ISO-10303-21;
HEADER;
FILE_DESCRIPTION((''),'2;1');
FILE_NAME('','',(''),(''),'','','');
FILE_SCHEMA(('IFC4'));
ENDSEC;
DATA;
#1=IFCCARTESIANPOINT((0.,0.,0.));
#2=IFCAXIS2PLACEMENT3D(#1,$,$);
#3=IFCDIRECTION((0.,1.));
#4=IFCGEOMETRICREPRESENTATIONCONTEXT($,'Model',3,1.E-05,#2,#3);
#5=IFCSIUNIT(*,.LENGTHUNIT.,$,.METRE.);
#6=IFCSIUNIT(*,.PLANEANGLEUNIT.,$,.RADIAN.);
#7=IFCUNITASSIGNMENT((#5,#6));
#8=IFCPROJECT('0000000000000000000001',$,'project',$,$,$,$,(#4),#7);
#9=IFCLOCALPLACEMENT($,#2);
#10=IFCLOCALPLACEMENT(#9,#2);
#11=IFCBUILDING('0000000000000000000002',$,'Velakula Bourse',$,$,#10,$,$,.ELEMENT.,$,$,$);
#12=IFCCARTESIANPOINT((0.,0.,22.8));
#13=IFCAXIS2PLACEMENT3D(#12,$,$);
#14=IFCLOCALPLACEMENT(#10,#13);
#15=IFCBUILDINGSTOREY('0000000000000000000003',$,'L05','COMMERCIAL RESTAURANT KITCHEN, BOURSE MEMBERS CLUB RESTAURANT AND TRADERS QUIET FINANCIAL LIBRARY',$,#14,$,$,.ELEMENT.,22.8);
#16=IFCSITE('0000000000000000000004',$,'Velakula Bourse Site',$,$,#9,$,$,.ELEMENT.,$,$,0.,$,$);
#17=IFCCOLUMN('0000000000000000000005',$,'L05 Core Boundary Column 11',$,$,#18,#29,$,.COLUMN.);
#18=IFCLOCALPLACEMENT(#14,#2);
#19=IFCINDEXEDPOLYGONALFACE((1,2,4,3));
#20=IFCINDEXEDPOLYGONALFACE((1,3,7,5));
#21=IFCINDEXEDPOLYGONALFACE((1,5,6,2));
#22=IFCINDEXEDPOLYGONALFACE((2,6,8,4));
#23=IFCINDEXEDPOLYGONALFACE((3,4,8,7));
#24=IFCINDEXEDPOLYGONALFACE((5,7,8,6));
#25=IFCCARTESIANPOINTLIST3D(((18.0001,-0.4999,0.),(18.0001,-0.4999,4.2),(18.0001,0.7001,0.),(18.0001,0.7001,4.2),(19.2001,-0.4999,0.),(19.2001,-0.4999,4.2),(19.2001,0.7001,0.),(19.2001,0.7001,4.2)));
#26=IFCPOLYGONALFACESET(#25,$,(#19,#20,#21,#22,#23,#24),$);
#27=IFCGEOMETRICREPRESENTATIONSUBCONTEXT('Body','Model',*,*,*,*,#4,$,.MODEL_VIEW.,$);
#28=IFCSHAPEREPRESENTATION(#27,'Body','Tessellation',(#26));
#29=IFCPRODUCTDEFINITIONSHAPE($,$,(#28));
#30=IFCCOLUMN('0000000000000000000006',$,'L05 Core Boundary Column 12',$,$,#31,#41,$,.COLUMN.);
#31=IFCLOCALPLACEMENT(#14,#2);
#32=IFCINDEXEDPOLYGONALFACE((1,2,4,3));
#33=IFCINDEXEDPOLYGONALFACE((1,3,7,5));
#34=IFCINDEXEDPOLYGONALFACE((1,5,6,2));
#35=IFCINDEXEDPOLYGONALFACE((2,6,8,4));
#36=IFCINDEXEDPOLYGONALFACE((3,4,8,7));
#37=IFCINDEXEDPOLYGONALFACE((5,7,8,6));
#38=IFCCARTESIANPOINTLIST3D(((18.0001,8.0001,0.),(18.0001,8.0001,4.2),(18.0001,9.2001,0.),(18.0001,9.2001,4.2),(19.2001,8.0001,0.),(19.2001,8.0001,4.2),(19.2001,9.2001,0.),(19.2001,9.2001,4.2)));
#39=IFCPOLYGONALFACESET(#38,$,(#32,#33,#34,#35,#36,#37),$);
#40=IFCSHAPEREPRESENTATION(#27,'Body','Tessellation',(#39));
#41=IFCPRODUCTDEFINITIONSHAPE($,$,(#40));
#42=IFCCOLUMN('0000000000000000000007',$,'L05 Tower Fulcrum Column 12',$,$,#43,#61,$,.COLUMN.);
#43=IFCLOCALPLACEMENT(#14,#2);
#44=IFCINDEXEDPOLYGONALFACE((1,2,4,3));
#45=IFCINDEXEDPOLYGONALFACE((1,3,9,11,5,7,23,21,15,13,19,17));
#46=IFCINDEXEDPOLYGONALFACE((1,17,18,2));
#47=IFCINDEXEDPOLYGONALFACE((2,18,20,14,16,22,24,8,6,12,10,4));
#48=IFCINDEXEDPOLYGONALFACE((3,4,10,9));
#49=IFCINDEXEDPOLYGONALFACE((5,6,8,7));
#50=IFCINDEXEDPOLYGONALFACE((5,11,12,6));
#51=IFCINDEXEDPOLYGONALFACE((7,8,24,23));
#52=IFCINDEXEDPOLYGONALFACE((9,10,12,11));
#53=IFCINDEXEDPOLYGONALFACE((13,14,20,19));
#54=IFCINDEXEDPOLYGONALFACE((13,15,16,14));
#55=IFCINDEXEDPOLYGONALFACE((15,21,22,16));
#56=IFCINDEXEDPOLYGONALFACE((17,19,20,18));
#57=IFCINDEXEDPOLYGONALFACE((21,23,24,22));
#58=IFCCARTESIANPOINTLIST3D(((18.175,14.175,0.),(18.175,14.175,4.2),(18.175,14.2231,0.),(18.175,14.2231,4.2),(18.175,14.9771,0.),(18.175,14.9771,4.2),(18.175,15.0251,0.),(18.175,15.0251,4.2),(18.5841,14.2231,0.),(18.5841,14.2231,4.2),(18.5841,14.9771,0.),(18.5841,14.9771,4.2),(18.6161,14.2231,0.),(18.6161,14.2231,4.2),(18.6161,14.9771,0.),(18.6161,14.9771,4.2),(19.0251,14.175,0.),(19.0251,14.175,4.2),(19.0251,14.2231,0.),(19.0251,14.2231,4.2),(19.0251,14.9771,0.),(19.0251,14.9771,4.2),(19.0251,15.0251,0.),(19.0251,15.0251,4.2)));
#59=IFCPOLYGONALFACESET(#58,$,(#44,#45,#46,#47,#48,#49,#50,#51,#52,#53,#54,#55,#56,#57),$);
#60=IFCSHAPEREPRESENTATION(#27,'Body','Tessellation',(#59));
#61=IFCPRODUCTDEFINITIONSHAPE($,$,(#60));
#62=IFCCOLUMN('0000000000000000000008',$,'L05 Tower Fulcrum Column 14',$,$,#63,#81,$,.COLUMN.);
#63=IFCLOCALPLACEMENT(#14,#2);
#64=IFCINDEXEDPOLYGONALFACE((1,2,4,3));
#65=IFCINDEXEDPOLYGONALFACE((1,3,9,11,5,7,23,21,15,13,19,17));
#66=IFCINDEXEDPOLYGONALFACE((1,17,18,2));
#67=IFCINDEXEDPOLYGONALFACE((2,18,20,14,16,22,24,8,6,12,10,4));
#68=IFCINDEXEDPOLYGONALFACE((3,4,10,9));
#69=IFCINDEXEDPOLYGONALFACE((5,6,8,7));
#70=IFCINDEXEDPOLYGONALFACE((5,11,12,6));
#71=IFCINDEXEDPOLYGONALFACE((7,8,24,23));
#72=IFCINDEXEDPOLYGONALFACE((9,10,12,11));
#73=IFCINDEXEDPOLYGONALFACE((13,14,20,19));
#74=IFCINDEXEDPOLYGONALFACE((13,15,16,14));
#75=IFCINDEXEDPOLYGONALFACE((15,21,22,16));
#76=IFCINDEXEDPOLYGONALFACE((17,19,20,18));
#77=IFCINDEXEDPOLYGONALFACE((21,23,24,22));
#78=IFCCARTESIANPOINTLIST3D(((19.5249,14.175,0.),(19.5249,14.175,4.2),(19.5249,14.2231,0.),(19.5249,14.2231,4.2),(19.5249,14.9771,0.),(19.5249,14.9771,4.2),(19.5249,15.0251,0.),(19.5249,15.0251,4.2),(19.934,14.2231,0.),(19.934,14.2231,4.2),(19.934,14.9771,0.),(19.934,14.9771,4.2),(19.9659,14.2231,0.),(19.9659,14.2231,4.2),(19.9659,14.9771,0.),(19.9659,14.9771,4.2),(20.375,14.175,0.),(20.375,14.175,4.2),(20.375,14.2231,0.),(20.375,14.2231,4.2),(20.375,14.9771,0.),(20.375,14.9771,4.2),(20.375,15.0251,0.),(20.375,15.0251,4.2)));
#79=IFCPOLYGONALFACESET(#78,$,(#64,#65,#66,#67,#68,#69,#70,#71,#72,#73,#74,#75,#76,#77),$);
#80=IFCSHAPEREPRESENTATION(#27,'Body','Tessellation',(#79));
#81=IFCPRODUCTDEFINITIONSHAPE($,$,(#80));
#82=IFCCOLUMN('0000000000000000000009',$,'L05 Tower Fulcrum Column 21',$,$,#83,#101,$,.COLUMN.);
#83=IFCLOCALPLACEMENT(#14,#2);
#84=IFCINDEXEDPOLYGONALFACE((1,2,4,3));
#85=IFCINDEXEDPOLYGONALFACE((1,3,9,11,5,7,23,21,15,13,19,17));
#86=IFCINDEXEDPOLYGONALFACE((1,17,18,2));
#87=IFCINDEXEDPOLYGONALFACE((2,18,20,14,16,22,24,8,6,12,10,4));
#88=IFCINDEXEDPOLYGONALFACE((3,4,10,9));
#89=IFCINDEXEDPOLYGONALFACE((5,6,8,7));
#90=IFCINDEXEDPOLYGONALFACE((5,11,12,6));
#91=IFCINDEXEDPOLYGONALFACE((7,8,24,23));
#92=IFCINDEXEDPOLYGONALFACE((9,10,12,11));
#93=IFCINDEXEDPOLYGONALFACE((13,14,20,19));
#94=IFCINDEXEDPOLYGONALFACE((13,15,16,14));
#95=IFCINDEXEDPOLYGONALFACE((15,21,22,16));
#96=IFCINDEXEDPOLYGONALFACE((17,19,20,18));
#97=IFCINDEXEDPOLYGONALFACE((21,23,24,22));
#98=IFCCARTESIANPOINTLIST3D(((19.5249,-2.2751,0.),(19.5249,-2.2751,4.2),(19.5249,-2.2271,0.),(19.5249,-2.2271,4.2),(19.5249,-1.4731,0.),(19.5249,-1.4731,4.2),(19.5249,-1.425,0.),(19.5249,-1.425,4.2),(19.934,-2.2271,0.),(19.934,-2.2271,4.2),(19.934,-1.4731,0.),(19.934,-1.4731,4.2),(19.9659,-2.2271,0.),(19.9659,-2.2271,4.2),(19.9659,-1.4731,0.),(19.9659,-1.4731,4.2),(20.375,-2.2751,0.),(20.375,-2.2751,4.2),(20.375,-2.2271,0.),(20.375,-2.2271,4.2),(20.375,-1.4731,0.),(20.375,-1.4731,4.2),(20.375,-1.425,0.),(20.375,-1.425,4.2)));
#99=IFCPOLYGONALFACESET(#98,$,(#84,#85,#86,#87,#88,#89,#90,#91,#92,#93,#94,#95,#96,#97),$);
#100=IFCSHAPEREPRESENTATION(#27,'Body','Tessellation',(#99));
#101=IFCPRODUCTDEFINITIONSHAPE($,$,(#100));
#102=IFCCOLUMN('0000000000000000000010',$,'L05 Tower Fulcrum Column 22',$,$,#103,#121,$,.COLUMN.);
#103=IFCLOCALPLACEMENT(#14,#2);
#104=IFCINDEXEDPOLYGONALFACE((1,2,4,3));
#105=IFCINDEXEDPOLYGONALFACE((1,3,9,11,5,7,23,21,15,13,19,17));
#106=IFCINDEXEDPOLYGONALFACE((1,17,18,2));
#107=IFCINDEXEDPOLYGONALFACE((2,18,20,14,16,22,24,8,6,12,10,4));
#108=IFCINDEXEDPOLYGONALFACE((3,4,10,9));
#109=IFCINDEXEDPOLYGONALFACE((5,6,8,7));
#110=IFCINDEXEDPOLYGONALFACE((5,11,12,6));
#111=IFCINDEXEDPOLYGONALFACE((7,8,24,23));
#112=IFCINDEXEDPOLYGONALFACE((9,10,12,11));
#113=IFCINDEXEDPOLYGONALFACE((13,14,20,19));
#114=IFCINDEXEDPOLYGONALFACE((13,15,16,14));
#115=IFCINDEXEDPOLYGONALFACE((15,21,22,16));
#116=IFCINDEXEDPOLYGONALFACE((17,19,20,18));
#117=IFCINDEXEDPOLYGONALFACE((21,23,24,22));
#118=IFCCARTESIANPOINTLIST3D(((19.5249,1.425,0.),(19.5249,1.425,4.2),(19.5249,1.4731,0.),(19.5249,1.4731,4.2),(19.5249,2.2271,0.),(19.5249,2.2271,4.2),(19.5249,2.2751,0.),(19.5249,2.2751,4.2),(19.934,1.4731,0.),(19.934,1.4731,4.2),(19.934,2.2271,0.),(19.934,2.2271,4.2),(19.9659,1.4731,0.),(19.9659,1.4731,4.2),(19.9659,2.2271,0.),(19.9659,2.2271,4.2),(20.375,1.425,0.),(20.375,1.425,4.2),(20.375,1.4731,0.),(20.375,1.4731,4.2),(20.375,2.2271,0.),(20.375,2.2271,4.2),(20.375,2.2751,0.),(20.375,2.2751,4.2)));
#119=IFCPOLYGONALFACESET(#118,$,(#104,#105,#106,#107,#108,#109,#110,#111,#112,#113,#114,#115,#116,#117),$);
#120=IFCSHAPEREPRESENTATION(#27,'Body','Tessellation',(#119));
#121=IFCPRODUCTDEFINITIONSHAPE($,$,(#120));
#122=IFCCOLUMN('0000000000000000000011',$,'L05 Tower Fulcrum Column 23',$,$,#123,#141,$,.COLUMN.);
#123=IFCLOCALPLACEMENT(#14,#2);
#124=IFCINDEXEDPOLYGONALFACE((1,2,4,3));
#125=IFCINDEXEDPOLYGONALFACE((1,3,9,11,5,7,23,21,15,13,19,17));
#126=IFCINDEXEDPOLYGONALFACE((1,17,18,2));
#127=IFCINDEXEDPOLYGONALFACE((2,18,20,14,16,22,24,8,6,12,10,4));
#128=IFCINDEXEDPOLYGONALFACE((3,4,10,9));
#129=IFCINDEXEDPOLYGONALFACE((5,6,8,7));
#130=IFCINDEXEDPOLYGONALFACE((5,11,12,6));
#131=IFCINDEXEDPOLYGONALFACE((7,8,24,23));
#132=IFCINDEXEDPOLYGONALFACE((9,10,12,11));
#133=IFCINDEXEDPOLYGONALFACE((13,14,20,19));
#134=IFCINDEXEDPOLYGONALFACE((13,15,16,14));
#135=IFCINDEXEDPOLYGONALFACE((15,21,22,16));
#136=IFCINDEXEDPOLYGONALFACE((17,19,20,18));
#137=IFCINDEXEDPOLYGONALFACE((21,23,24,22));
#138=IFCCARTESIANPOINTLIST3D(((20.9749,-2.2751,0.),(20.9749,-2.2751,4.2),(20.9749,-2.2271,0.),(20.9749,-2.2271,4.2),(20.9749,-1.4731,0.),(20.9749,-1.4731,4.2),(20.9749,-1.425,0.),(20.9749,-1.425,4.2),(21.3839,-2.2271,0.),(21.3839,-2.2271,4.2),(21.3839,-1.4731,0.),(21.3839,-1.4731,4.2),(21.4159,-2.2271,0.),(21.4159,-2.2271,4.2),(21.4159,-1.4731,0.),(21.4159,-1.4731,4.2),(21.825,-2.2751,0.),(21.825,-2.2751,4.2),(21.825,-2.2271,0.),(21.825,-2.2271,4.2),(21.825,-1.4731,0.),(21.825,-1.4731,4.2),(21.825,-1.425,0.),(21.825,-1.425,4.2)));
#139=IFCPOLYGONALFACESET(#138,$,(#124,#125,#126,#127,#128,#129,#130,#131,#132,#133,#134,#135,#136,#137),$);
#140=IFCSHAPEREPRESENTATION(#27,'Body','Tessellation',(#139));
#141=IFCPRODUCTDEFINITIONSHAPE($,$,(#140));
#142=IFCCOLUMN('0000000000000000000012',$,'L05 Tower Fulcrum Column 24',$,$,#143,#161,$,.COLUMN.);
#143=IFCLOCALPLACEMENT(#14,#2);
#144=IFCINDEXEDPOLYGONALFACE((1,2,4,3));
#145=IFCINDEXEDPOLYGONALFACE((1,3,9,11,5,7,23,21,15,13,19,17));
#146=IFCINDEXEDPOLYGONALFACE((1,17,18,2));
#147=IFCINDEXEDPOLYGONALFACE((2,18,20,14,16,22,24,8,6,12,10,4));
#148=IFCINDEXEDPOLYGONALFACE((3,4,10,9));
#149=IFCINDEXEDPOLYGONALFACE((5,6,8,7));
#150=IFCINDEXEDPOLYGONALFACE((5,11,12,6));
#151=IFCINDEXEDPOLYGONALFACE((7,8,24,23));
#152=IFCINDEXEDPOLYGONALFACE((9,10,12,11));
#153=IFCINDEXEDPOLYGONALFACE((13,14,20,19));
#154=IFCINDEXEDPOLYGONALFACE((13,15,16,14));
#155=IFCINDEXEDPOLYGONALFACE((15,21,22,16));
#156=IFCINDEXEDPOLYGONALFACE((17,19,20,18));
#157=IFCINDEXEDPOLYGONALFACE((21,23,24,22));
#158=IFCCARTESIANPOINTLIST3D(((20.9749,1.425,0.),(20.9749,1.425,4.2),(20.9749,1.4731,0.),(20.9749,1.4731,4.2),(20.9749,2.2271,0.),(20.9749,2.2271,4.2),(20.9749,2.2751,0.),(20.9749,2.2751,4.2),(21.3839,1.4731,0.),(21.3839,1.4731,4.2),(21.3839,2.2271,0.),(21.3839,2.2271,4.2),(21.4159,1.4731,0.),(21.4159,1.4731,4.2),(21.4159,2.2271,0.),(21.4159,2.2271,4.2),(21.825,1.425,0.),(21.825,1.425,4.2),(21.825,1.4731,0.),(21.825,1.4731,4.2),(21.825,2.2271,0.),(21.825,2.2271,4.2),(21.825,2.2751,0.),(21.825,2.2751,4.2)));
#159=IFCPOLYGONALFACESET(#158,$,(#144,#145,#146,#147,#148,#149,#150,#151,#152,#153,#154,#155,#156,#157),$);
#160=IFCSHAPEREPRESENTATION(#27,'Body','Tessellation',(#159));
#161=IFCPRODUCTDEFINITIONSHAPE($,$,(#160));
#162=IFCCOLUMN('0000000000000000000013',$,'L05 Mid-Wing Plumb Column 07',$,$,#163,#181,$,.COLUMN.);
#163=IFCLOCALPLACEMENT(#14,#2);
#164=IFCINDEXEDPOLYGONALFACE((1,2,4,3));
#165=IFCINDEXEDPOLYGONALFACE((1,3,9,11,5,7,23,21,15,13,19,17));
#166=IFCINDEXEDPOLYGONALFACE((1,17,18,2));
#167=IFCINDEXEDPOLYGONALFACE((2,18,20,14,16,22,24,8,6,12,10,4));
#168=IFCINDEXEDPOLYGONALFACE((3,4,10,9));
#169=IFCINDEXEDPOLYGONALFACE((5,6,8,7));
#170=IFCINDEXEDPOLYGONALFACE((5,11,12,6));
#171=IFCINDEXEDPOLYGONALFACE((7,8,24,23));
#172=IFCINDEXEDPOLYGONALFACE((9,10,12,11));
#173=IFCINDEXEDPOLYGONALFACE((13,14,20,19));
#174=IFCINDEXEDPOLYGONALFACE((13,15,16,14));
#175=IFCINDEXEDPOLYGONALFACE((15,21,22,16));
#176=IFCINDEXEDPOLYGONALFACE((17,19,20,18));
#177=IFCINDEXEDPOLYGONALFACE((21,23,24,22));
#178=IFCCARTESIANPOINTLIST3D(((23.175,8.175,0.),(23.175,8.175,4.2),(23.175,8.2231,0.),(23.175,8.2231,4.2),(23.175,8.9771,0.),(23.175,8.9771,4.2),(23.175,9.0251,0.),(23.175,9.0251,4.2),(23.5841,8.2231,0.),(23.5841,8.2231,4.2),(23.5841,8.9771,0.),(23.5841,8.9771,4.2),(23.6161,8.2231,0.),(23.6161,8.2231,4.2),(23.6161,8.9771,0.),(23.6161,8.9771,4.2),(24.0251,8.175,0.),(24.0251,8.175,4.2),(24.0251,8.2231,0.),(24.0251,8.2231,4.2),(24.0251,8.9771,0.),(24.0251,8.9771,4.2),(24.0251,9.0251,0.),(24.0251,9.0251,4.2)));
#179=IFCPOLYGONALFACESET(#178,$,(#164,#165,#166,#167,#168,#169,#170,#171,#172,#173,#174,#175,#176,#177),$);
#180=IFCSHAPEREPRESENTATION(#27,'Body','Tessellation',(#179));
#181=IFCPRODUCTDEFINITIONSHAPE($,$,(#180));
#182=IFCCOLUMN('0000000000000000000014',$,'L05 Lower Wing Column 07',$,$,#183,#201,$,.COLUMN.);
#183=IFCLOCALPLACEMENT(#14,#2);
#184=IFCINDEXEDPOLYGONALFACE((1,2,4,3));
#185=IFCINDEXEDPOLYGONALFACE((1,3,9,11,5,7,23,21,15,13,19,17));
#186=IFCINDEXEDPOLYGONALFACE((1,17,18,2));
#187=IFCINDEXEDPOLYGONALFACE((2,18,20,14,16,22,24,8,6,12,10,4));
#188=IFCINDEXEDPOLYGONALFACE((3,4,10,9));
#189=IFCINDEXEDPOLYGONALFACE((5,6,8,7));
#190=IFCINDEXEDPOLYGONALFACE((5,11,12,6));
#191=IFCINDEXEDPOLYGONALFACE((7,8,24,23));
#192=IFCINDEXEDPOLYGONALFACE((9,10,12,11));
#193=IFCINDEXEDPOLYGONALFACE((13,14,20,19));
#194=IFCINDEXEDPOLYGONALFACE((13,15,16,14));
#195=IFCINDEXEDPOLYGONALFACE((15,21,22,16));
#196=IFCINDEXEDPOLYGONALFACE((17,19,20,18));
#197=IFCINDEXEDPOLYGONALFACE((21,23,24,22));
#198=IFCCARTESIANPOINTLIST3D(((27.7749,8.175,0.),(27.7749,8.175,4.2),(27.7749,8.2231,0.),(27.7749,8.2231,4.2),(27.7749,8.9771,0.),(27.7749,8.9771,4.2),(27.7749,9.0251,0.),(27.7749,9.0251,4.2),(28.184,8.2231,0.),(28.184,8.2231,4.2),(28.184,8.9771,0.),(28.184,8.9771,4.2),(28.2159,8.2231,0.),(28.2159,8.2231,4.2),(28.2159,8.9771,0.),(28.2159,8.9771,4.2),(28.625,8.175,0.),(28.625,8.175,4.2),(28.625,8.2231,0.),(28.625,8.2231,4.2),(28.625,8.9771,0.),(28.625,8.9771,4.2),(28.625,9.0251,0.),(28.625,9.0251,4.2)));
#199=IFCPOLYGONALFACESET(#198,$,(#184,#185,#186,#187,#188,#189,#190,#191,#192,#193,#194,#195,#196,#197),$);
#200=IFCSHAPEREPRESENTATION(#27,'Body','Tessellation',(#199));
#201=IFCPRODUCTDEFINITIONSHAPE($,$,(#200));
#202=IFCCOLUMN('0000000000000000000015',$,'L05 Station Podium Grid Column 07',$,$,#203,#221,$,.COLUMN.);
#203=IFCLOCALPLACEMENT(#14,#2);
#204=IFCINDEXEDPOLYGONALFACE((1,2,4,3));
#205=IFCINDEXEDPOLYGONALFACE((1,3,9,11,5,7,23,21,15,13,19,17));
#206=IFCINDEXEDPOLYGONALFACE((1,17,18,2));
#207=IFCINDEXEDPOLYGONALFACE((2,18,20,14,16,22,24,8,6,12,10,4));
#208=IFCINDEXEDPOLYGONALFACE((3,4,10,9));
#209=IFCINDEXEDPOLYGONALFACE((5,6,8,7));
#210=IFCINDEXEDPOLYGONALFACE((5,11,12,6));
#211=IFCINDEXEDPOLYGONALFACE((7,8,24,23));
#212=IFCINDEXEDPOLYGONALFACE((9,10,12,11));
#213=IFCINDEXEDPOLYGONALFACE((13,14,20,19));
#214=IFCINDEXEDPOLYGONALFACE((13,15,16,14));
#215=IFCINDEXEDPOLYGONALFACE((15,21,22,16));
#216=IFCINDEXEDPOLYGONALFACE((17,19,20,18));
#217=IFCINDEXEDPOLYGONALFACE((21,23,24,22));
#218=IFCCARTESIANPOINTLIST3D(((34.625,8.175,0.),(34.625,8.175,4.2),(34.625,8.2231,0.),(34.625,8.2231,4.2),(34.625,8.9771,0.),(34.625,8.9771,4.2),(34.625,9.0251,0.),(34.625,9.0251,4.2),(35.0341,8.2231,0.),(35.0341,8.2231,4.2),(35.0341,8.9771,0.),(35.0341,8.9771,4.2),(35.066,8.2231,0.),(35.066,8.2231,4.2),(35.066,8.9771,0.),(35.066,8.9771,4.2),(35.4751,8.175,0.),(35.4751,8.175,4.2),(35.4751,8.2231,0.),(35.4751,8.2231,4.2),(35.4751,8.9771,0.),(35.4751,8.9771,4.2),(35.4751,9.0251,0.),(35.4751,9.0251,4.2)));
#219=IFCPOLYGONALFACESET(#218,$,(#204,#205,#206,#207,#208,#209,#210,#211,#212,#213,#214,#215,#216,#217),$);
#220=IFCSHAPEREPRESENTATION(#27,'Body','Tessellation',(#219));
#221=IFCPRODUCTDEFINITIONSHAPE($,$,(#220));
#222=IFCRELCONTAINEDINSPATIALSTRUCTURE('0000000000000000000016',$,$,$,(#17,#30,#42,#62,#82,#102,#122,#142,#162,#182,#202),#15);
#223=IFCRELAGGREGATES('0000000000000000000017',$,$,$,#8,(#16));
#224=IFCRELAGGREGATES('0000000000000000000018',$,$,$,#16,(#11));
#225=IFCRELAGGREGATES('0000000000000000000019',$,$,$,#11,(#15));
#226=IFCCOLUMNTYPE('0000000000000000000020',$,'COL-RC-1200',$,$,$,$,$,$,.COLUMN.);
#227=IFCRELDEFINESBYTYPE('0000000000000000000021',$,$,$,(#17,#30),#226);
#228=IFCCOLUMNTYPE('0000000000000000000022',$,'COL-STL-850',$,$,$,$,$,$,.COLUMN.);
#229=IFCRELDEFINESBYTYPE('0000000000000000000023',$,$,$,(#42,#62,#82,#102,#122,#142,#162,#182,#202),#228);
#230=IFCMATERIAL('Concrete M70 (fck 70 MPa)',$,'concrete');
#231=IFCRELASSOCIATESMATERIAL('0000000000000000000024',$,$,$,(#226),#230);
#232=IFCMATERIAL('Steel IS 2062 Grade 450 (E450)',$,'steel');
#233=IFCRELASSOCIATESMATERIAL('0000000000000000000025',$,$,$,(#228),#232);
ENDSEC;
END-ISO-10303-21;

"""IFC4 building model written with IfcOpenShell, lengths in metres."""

from ifc_helpers import new_model, si_unit, direction, frame, origin, origin_2d, place, context, subcontext, project, spatial, rectangle, i_section, extrude, material, material_profile, profile_set, type_object, element, save


model = new_model("IFC4")

# Units and contexts
model_context = context("Model", 3, precision=1e-05, world=origin(), true_north=direction((0.0, 1.0)))
body_context = subcontext(model_context, "Body", "Model", "MODEL_VIEW")
ifc_project = project(units=[si_unit("LENGTHUNIT", "METRE"), si_unit("PLANEANGLEUNIT", "RADIAN")], contexts=[model_context])

# Site, building, storey
site_placement = place(None, origin())
site = spatial("IfcSite", under=ifc_project, at=site_placement, Name="Velakula Bourse Site", CompositionType="ELEMENT", RefElevation=0.0)
building_placement = place(site_placement, origin())
building = spatial("IfcBuilding", under=site, at=building_placement, Name="Velakula Bourse", CompositionType="ELEMENT")
storey_placement = place(building_placement, frame((0.0, 0.0, 22.8)))
storey = spatial("IfcBuildingStorey", under=building, at=storey_placement, Name="L05", Description="COMMERCIAL RESTAURANT KITCHEN, BOURSE MEMBERS CLUB RESTAURANT AND TRADERS QUIET FINANCIAL LIBRARY", CompositionType="ELEMENT", Elevation=22.8)

# Columns
ifc_material_1 = material(Name="Concrete M70 (fck 70 MPa)", Category="concrete")
ifc_material_profile_1 = material_profile(ifc_material_1, rectangle(XDim=1.2, YDim=1.2, at=origin_2d()), Name="Concrete M70 (fck 70 MPa)")
ifc_profile_set_1 = profile_set([ifc_material_profile_1], Name="Concrete M70 (fck 70 MPa)")
column_type_1 = type_object("IfcColumnType", Name="COL-RC-1200", PredefinedType="COLUMN", material=ifc_profile_set_1)
for number, where, z_axis, x_axis, name in (
    (1, (18.6001, 0.1001, 0.0), (0.0, 0.0, 1.0), (1.0, 0.0, 0.0), "L05 Core Boundary Column 11"),
    (2, (18.6001, 8.6001, 0.0), (0.0, 0.0, 1.0), (1.0, 0.0, 0.0), "L05 Core Boundary Column 12"),
):
    element("IfcColumn", number, at=place(storey_placement, frame(where, z_axis=z_axis, x_axis=x_axis)), inside=storey, type_object=column_type_1, Name=name, PredefinedType="COLUMN", context=body_context, shape_type="SweptSolid", body=[
        extrude(rectangle(XDim=1.2, YDim=1.2, at=origin_2d()), origin(), (0.0, 0.0, 1.0), 4.2),
    ])
ifc_material_2 = material(Name="Steel IS 2062 Grade 450 (E450)", Category="steel")
ifc_material_profile_2 = material_profile(ifc_material_2, i_section(OverallWidth=0.8501, OverallDepth=0.8501, WebThickness=0.032, FlangeThickness=0.0481, at=origin_2d()), Name="Steel IS 2062 Grade 450 (E450)")
ifc_profile_set_2 = profile_set([ifc_material_profile_2], Name="Steel IS 2062 Grade 450 (E450)")
column_type_2 = type_object("IfcColumnType", Name="COL-STL-850", PredefinedType="COLUMN", material=ifc_profile_set_2)
for number, where, z_axis, x_axis, name in (
    (3, (18.6001, 14.6001, 0.0), (0.0, 0.0, 1.0), (1.0, 0.0, 0.0), "L05 Tower Fulcrum Column 12"),
    (4, (19.95, 14.6001, 0.0), (0.0, 0.0, 1.0), (1.0, 0.0, 0.0), "L05 Tower Fulcrum Column 14"),
    (5, (19.95, -1.8501, 0.0), (0.0, 0.0, 1.0), (1.0, 0.0, 0.0), "L05 Tower Fulcrum Column 21"),
    (6, (19.95, 1.8501, 0.0), (0.0, 0.0, 1.0), (1.0, 0.0, 0.0), "L05 Tower Fulcrum Column 22"),
    (7, (21.3999, -1.8501, 0.0), (0.0, 0.0, 1.0), (1.0, 0.0, 0.0), "L05 Tower Fulcrum Column 23"),
    (8, (21.3999, 1.8501, 0.0), (0.0, 0.0, 1.0), (1.0, 0.0, 0.0), "L05 Tower Fulcrum Column 24"),
    (9, (23.6001, 8.6001, 0.0), (0.0, 0.0, 1.0), (1.0, 0.0, 0.0), "L05 Mid-Wing Plumb Column 07"),
    (10, (28.2, 8.6001, 0.0), (0.0, 0.0, 1.0), (1.0, 0.0, 0.0), "L05 Lower Wing Column 07"),
    (11, (35.05, 8.6001, 0.0), (0.0, 0.0, 1.0), (1.0, 0.0, 0.0), "L05 Station Podium Grid Column 07"),
):
    element("IfcColumn", number, at=place(storey_placement, frame(where, z_axis=z_axis, x_axis=x_axis)), inside=storey, type_object=column_type_2, Name=name, PredefinedType="COLUMN", context=body_context, shape_type="SweptSolid", body=[
        extrude(i_section(OverallWidth=0.8501, OverallDepth=0.8501, WebThickness=0.032, FlangeThickness=0.0481, at=origin_2d()), origin(), (0.0, 0.0, 1.0), 4.2),
    ])

save(model, "model.ifc")
